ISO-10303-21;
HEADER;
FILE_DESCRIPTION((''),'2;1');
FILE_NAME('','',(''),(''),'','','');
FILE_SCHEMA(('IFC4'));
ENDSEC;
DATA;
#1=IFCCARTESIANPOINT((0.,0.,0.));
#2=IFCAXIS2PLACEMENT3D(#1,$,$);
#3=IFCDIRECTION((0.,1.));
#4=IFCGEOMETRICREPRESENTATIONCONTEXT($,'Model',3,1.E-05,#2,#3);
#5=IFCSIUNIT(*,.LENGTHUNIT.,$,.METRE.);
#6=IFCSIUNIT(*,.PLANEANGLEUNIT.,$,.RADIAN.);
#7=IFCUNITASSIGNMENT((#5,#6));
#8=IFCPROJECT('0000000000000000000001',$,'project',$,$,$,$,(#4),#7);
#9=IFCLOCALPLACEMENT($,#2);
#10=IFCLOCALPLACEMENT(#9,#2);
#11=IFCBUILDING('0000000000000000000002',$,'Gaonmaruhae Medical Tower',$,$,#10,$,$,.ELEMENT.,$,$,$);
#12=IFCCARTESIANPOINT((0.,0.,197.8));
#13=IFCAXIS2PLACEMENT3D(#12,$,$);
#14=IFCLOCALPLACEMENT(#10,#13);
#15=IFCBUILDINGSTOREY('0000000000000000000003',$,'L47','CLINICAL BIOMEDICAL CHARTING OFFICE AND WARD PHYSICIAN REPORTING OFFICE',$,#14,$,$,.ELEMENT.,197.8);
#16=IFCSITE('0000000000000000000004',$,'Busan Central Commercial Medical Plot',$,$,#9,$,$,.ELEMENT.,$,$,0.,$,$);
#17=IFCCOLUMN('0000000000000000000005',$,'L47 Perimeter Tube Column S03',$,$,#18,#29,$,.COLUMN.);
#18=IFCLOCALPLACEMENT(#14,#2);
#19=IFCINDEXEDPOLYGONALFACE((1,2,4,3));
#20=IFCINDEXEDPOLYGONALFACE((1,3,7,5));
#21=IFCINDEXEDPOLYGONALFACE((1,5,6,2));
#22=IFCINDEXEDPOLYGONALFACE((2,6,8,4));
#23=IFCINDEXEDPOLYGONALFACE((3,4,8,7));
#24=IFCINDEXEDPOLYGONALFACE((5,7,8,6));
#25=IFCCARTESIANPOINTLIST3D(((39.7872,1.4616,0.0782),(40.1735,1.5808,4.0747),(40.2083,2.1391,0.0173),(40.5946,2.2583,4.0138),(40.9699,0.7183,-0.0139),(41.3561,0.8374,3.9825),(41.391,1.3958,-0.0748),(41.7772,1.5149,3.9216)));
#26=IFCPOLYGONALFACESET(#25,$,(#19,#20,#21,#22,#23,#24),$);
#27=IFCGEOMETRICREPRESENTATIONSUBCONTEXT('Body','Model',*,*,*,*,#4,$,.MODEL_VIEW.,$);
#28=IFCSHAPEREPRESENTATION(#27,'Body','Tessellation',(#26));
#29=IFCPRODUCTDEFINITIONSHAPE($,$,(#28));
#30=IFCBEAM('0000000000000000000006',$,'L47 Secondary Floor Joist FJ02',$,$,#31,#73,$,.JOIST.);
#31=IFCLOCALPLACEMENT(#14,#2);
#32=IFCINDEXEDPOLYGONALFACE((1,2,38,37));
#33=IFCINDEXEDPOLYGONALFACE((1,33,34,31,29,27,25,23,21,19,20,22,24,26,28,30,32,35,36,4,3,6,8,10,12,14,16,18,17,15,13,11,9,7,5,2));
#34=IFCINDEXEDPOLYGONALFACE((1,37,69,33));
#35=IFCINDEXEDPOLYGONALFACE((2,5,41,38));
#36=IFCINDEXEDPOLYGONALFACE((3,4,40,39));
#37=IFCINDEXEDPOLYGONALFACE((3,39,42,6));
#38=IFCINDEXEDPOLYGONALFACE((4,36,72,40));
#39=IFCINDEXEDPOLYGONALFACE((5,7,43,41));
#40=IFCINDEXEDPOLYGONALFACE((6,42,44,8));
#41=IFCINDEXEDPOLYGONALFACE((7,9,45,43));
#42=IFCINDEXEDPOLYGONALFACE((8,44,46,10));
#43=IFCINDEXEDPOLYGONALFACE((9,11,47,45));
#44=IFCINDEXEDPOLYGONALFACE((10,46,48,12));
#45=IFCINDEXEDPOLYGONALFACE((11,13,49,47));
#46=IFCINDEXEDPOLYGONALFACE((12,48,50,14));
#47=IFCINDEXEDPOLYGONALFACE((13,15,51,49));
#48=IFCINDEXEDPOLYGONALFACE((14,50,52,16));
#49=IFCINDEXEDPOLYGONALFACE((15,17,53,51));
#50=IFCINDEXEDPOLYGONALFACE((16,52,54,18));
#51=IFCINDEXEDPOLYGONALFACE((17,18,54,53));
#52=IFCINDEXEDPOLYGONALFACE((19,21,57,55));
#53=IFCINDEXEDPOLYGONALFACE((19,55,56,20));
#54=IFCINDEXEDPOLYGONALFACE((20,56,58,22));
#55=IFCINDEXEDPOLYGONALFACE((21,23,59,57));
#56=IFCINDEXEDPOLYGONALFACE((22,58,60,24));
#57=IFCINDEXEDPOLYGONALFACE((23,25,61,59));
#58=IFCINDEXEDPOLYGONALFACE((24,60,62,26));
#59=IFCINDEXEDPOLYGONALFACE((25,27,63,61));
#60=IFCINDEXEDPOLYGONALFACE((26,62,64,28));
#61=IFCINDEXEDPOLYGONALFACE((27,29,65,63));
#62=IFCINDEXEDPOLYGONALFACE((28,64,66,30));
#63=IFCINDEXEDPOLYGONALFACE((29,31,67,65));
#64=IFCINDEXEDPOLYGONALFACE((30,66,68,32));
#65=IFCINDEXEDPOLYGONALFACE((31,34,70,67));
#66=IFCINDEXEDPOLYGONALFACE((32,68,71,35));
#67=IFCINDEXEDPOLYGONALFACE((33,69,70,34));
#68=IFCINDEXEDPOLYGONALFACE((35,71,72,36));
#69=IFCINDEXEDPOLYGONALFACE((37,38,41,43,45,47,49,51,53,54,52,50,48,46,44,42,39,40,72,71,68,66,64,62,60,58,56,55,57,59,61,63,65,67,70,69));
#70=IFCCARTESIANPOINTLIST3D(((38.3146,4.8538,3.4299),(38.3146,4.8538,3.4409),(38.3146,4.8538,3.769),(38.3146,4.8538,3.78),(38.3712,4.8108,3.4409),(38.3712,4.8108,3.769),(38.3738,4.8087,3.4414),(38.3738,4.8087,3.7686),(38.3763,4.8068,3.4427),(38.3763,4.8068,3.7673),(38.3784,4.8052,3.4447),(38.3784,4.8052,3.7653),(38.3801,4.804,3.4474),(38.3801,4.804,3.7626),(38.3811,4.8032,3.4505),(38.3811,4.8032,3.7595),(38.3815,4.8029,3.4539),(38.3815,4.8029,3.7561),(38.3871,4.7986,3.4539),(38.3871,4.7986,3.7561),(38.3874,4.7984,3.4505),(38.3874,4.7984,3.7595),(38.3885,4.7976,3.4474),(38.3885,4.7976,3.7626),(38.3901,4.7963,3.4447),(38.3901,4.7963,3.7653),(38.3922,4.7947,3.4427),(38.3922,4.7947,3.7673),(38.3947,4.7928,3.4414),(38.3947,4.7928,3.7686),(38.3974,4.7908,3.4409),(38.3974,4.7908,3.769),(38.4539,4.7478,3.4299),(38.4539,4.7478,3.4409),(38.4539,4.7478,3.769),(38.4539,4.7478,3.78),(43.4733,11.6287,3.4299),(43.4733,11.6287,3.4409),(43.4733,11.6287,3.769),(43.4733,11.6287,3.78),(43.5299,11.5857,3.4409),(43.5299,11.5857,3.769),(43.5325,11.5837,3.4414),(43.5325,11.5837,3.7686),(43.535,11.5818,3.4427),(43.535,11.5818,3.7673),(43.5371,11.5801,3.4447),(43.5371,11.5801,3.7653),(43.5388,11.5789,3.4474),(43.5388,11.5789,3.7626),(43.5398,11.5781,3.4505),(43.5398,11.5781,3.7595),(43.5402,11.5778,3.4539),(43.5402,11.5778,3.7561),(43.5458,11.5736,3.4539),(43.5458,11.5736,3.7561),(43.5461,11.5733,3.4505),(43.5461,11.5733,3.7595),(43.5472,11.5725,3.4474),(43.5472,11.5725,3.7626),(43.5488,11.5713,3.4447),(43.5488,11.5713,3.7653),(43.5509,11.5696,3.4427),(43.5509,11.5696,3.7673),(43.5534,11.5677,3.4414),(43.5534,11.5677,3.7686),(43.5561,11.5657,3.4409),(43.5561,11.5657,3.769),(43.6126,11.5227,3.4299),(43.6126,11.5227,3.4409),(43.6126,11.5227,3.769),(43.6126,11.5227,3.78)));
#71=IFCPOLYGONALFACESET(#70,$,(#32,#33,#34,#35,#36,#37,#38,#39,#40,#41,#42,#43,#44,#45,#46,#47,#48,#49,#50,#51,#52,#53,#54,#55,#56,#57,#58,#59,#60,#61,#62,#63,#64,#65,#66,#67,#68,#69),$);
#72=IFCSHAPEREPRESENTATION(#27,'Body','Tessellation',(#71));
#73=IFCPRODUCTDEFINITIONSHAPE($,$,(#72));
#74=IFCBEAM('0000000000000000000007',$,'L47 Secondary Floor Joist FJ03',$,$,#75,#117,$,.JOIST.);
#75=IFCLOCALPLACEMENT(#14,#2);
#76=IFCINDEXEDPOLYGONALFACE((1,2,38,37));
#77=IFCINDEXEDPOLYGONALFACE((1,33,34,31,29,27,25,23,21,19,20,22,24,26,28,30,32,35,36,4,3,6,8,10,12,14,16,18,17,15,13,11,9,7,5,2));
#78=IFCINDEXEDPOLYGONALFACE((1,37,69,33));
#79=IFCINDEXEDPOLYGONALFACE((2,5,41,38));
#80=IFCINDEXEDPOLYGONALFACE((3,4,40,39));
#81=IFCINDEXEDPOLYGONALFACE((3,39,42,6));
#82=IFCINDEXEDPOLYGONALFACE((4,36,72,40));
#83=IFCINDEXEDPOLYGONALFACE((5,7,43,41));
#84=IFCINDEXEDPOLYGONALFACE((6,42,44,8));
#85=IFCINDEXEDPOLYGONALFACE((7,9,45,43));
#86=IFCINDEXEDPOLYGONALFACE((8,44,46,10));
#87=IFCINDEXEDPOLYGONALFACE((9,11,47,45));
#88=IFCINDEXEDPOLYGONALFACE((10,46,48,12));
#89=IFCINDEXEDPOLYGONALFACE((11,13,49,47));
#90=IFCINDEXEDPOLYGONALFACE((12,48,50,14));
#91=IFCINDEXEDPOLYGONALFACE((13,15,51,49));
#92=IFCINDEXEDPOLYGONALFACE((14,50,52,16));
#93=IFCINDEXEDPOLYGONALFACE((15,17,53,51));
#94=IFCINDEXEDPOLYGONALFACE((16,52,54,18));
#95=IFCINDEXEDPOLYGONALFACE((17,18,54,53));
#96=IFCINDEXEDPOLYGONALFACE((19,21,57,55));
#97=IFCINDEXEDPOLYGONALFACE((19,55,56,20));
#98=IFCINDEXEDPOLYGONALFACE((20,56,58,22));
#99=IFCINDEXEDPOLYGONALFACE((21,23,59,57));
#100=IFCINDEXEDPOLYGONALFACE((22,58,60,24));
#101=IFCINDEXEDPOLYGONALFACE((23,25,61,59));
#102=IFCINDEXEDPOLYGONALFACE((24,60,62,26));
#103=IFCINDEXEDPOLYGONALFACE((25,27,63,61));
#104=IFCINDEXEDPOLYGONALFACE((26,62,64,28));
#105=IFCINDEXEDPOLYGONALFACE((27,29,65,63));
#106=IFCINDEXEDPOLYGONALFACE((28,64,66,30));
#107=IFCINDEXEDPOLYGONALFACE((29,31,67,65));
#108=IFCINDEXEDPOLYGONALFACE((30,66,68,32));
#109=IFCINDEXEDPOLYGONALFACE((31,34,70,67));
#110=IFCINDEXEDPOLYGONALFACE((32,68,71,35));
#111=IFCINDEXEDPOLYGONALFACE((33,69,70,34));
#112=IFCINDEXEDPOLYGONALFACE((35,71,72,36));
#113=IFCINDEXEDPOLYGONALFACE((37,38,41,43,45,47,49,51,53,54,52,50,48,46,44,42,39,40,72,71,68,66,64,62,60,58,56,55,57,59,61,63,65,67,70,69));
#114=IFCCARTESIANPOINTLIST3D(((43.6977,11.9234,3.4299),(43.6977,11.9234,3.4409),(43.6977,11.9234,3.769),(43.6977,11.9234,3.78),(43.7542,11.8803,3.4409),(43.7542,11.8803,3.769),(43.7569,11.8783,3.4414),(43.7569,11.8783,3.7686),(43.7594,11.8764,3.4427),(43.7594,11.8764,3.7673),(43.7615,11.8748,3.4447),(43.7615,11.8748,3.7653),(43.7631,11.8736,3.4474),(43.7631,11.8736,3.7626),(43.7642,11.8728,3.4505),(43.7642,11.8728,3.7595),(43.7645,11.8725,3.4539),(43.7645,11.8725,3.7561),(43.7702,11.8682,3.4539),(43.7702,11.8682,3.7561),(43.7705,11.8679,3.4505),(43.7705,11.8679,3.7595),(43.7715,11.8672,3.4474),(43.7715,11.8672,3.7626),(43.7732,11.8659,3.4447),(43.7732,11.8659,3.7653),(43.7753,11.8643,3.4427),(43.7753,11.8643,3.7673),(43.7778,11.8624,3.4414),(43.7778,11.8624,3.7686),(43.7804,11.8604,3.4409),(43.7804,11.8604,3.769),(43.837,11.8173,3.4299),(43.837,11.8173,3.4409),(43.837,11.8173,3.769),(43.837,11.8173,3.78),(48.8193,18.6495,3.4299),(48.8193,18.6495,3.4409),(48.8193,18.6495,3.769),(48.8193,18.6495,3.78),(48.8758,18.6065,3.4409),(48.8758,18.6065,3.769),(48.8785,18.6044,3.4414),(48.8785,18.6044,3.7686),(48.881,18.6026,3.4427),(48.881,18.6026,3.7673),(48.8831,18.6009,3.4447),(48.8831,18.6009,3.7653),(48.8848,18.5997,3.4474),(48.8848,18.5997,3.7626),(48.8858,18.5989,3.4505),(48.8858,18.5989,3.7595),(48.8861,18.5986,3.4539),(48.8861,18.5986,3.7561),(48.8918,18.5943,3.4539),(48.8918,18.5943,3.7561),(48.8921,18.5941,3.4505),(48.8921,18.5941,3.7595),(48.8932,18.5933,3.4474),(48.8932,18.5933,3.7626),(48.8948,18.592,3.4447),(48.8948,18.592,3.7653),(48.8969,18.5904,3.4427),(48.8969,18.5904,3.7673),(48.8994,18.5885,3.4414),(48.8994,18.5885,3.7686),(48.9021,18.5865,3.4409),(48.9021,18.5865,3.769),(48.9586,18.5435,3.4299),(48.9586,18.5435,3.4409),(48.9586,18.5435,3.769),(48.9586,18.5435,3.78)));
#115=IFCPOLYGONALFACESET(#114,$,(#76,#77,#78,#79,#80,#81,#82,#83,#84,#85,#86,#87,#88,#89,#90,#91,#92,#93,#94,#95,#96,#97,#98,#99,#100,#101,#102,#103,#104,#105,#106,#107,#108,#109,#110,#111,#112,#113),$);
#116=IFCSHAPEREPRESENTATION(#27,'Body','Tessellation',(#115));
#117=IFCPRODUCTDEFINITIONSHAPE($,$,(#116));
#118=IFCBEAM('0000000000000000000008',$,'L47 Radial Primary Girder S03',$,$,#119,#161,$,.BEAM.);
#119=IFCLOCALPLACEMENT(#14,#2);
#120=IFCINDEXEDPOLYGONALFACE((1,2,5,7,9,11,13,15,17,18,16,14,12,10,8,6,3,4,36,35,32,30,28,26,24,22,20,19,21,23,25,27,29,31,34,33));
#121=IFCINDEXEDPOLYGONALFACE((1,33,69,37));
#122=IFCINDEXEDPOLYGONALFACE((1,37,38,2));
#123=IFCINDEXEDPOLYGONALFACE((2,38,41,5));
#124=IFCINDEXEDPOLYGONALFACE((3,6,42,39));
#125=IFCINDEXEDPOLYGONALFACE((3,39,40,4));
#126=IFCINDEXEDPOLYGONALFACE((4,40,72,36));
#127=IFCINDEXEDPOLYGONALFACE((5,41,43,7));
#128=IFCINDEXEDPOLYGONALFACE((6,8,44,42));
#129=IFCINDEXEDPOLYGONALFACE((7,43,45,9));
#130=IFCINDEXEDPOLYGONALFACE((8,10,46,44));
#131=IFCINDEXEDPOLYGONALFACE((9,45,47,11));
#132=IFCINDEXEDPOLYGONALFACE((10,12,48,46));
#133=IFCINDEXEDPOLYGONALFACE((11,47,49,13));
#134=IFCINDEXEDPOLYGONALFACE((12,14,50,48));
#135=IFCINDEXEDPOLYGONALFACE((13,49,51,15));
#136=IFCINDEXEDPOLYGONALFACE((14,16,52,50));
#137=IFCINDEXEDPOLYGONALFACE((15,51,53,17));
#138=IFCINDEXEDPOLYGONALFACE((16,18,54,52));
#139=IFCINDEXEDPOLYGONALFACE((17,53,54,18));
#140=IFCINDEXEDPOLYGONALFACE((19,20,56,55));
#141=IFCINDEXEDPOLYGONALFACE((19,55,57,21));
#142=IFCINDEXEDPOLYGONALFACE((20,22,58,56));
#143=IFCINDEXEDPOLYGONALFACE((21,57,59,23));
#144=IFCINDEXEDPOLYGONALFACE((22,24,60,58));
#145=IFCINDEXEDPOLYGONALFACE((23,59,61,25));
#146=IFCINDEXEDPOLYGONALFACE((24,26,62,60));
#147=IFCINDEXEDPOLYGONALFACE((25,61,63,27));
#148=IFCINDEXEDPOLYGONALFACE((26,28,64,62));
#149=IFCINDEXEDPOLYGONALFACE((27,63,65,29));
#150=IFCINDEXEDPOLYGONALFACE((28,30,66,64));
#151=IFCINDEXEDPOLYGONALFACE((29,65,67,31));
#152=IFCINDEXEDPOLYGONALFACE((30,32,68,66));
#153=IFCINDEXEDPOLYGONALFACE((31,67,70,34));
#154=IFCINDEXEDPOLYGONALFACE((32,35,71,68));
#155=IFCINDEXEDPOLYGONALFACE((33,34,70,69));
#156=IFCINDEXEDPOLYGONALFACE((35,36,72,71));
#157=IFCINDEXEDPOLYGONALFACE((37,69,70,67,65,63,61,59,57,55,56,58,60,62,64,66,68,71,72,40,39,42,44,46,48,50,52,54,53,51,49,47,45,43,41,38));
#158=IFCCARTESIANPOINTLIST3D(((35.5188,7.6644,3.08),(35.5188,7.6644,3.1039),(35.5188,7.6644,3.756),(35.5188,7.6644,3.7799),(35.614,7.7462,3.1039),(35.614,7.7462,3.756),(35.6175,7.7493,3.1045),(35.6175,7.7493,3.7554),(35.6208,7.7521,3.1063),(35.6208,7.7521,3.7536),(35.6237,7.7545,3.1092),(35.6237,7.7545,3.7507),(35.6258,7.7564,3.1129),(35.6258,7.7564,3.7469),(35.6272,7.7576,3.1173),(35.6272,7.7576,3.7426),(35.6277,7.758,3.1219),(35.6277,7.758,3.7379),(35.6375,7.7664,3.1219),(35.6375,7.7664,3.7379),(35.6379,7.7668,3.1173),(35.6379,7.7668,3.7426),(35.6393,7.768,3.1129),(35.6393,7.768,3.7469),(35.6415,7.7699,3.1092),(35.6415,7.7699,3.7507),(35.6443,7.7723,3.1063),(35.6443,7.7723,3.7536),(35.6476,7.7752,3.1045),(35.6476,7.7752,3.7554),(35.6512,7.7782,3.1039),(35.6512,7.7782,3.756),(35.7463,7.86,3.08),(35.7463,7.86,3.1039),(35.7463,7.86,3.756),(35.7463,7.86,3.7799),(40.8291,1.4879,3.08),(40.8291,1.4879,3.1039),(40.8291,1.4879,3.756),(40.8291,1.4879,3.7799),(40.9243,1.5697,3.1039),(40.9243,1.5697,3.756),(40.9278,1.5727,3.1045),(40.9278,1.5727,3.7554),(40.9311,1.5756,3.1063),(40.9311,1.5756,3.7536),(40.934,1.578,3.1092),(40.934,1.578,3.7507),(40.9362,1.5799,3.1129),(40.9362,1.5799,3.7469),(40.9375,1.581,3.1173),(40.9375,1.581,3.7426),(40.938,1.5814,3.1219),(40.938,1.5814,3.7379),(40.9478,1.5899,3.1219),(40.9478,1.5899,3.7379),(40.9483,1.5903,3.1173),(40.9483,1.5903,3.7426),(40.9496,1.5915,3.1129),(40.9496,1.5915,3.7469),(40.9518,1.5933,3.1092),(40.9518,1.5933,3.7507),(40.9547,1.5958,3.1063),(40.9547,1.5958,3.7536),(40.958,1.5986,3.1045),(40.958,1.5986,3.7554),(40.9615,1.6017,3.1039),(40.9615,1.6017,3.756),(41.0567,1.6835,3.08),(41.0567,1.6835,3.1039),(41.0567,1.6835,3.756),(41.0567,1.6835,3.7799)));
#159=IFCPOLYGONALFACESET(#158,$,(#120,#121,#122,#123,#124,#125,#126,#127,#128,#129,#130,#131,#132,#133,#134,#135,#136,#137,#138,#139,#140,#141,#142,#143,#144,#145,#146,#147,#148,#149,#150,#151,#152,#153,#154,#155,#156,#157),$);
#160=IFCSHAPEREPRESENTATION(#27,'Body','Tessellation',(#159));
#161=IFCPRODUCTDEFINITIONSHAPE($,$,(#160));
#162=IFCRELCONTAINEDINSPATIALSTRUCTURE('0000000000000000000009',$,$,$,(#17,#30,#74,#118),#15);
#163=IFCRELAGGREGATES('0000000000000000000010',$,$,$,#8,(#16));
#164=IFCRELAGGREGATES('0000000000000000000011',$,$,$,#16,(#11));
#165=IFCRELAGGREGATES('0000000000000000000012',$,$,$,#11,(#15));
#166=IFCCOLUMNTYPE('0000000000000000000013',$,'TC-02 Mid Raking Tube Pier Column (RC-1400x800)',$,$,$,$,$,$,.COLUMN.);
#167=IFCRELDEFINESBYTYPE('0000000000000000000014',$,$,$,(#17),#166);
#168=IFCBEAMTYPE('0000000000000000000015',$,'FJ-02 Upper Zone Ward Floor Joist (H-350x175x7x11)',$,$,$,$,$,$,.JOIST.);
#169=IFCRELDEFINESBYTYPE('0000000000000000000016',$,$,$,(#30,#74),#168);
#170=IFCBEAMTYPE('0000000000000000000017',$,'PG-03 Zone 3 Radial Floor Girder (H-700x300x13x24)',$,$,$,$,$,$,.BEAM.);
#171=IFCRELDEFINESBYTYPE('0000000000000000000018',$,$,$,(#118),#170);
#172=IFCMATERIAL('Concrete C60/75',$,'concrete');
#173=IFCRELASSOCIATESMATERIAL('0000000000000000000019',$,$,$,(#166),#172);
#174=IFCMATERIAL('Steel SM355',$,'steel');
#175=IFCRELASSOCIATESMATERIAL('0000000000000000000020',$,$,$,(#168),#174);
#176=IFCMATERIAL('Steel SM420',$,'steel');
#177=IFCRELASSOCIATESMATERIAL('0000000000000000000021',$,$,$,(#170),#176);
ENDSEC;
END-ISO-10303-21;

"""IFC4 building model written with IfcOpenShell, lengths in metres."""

from ifc_helpers import new_model, si_unit, direction, frame, origin, origin_2d, place, context, subcontext, project, spatial, rectangle, i_section, extrude, material, material_profile, profile_set, type_object, element, save


model = new_model("IFC4")

# Units and contexts
model_context = context("Model", 3, precision=1e-05, world=origin(), true_north=direction((0.0, 1.0)))
body_context = subcontext(model_context, "Body", "Model", "MODEL_VIEW")
ifc_project = project(units=[si_unit("LENGTHUNIT", "METRE"), si_unit("PLANEANGLEUNIT", "RADIAN")], contexts=[model_context])

# Site, building, storey
site_placement = place(None, origin())
site = spatial("IfcSite", under=ifc_project, at=site_placement, Name="Busan Central Commercial Medical Plot", CompositionType="ELEMENT", RefElevation=0.0)
building_placement = place(site_placement, origin())
building = spatial("IfcBuilding", under=site, at=building_placement, Name="Gaonmaruhae Medical Tower", CompositionType="ELEMENT")
storey_placement = place(building_placement, frame((0.0, 0.0, 197.8)))
storey = spatial("IfcBuildingStorey", under=building, at=storey_placement, Name="L47", Description="CLINICAL BIOMEDICAL CHARTING OFFICE AND WARD PHYSICIAN REPORTING OFFICE", CompositionType="ELEMENT", Elevation=197.8)

# Column
ifc_material_1 = material(Name="Concrete C60/75", Category="concrete")
ifc_material_profile_1 = material_profile(ifc_material_1, rectangle(XDim=1.3999, YDim=0.8, at=origin_2d()), Name="RC-1400x800")
ifc_profile_set_1 = profile_set([ifc_material_profile_1], Name="Concrete C60/75")
column_type = type_object("IfcColumnType", Name="TC-02 Mid Raking Tube Pier Column (RC-1400x800)", PredefinedType="COLUMN", material=ifc_profile_set_1)
column_placement = place(storey_placement, frame((40.5891, 1.4287, 0.0017), z_axis=(0.096156, 0.029661, 0.994924), x_axis=(-0.844815, 0.530995, 0.065818)))
element("IfcColumn", 1, at=column_placement, inside=storey, type_object=column_type, Name="L47 Perimeter Tube Column S03", PredefinedType="COLUMN", context=body_context, shape_type="SweptSolid", body=[
    extrude(rectangle(XDim=1.3999, YDim=0.8, at=origin_2d()), origin(), (0.0, 0.0, 1.0), 4.0168),
])

# Beams
ifc_material_2 = material(Name="Steel SM355", Category="steel")
ifc_material_profile_2 = material_profile(ifc_material_2, i_section(OverallWidth=0.175, OverallDepth=0.3501, WebThickness=0.0071, FlangeThickness=0.011, FilletRadius=0.0129, at=origin_2d()), Name="H-350x175x7x11")
ifc_profile_set_2 = profile_set([ifc_material_profile_2], Name="Steel SM355")
beam_type_1 = type_object("IfcBeamType", Name="FJ-02 Upper Zone Ward Floor Joist (H-350x175x7x11)", PredefinedType="JOIST", material=ifc_profile_set_2)
beam_1_placement = place(storey_placement, frame((38.3843, 4.8008, 3.605), z_axis=(0.60581, 0.795609, 0.0), x_axis=(-0.795609, 0.60581, 0.0)))
element("IfcBeam", 2, at=beam_1_placement, inside=storey, type_object=beam_type_1, Name="L47 Secondary Floor Joist FJ02", PredefinedType="JOIST", context=body_context, shape_type="SweptSolid", body=[
    extrude(i_section(OverallWidth=0.175, OverallDepth=0.3501, WebThickness=0.0071, FlangeThickness=0.011, FilletRadius=0.0129, at=origin_2d()), origin(), (0.0, 0.0, 1.0), 8.5154),
])
beam_2_placement = place(storey_placement, frame((43.7673, 11.8704, 3.605), z_axis=(0.605815, 0.795605, 0.0), x_axis=(-0.795605, 0.605815, 0.0)))
element("IfcBeam", 3, at=beam_2_placement, inside=storey, type_object=beam_type_1, Name="L47 Secondary Floor Joist FJ03", PredefinedType="JOIST", context=body_context, shape_type="SweptSolid", body=[
    extrude(i_section(OverallWidth=0.175, OverallDepth=0.3501, WebThickness=0.0071, FlangeThickness=0.011, FilletRadius=0.0129, at=origin_2d()), origin(), (0.0, 0.0, 1.0), 8.4541),
])
ifc_material_3 = material(Name="Steel SM420", Category="steel")
ifc_material_profile_3 = material_profile(ifc_material_3, i_section(OverallWidth=0.3, OverallDepth=0.7, WebThickness=0.0129, FlangeThickness=0.0239, FilletRadius=0.0181, at=origin_2d()), Name="H-700x300x13x24")
ifc_profile_set_3 = profile_set([ifc_material_profile_3], Name="Steel SM420")
beam_type_2 = type_object("IfcBeamType", Name="PG-03 Zone 3 Radial Floor Girder (H-700x300x13x24)", PredefinedType="BEAM", material=ifc_profile_set_3)
beam_3_placement = place(storey_placement, frame((35.6326, 7.7622, 3.4299), z_axis=(0.651933, -0.758276, 0.0), x_axis=(0.758276, 0.651933, 0.0)))
element("IfcBeam", 4, at=beam_3_placement, inside=storey, type_object=beam_type_2, Name="L47 Radial Primary Girder S03", PredefinedType="BEAM", context=body_context, shape_type="SweptSolid", body=[
    extrude(i_section(OverallWidth=0.3, OverallDepth=0.7, WebThickness=0.0129, FlangeThickness=0.0239, FilletRadius=0.0181, at=origin_2d()), origin(), (0.0, 0.0, 1.0), 8.1455),
])

save(model, "model.ifc")
